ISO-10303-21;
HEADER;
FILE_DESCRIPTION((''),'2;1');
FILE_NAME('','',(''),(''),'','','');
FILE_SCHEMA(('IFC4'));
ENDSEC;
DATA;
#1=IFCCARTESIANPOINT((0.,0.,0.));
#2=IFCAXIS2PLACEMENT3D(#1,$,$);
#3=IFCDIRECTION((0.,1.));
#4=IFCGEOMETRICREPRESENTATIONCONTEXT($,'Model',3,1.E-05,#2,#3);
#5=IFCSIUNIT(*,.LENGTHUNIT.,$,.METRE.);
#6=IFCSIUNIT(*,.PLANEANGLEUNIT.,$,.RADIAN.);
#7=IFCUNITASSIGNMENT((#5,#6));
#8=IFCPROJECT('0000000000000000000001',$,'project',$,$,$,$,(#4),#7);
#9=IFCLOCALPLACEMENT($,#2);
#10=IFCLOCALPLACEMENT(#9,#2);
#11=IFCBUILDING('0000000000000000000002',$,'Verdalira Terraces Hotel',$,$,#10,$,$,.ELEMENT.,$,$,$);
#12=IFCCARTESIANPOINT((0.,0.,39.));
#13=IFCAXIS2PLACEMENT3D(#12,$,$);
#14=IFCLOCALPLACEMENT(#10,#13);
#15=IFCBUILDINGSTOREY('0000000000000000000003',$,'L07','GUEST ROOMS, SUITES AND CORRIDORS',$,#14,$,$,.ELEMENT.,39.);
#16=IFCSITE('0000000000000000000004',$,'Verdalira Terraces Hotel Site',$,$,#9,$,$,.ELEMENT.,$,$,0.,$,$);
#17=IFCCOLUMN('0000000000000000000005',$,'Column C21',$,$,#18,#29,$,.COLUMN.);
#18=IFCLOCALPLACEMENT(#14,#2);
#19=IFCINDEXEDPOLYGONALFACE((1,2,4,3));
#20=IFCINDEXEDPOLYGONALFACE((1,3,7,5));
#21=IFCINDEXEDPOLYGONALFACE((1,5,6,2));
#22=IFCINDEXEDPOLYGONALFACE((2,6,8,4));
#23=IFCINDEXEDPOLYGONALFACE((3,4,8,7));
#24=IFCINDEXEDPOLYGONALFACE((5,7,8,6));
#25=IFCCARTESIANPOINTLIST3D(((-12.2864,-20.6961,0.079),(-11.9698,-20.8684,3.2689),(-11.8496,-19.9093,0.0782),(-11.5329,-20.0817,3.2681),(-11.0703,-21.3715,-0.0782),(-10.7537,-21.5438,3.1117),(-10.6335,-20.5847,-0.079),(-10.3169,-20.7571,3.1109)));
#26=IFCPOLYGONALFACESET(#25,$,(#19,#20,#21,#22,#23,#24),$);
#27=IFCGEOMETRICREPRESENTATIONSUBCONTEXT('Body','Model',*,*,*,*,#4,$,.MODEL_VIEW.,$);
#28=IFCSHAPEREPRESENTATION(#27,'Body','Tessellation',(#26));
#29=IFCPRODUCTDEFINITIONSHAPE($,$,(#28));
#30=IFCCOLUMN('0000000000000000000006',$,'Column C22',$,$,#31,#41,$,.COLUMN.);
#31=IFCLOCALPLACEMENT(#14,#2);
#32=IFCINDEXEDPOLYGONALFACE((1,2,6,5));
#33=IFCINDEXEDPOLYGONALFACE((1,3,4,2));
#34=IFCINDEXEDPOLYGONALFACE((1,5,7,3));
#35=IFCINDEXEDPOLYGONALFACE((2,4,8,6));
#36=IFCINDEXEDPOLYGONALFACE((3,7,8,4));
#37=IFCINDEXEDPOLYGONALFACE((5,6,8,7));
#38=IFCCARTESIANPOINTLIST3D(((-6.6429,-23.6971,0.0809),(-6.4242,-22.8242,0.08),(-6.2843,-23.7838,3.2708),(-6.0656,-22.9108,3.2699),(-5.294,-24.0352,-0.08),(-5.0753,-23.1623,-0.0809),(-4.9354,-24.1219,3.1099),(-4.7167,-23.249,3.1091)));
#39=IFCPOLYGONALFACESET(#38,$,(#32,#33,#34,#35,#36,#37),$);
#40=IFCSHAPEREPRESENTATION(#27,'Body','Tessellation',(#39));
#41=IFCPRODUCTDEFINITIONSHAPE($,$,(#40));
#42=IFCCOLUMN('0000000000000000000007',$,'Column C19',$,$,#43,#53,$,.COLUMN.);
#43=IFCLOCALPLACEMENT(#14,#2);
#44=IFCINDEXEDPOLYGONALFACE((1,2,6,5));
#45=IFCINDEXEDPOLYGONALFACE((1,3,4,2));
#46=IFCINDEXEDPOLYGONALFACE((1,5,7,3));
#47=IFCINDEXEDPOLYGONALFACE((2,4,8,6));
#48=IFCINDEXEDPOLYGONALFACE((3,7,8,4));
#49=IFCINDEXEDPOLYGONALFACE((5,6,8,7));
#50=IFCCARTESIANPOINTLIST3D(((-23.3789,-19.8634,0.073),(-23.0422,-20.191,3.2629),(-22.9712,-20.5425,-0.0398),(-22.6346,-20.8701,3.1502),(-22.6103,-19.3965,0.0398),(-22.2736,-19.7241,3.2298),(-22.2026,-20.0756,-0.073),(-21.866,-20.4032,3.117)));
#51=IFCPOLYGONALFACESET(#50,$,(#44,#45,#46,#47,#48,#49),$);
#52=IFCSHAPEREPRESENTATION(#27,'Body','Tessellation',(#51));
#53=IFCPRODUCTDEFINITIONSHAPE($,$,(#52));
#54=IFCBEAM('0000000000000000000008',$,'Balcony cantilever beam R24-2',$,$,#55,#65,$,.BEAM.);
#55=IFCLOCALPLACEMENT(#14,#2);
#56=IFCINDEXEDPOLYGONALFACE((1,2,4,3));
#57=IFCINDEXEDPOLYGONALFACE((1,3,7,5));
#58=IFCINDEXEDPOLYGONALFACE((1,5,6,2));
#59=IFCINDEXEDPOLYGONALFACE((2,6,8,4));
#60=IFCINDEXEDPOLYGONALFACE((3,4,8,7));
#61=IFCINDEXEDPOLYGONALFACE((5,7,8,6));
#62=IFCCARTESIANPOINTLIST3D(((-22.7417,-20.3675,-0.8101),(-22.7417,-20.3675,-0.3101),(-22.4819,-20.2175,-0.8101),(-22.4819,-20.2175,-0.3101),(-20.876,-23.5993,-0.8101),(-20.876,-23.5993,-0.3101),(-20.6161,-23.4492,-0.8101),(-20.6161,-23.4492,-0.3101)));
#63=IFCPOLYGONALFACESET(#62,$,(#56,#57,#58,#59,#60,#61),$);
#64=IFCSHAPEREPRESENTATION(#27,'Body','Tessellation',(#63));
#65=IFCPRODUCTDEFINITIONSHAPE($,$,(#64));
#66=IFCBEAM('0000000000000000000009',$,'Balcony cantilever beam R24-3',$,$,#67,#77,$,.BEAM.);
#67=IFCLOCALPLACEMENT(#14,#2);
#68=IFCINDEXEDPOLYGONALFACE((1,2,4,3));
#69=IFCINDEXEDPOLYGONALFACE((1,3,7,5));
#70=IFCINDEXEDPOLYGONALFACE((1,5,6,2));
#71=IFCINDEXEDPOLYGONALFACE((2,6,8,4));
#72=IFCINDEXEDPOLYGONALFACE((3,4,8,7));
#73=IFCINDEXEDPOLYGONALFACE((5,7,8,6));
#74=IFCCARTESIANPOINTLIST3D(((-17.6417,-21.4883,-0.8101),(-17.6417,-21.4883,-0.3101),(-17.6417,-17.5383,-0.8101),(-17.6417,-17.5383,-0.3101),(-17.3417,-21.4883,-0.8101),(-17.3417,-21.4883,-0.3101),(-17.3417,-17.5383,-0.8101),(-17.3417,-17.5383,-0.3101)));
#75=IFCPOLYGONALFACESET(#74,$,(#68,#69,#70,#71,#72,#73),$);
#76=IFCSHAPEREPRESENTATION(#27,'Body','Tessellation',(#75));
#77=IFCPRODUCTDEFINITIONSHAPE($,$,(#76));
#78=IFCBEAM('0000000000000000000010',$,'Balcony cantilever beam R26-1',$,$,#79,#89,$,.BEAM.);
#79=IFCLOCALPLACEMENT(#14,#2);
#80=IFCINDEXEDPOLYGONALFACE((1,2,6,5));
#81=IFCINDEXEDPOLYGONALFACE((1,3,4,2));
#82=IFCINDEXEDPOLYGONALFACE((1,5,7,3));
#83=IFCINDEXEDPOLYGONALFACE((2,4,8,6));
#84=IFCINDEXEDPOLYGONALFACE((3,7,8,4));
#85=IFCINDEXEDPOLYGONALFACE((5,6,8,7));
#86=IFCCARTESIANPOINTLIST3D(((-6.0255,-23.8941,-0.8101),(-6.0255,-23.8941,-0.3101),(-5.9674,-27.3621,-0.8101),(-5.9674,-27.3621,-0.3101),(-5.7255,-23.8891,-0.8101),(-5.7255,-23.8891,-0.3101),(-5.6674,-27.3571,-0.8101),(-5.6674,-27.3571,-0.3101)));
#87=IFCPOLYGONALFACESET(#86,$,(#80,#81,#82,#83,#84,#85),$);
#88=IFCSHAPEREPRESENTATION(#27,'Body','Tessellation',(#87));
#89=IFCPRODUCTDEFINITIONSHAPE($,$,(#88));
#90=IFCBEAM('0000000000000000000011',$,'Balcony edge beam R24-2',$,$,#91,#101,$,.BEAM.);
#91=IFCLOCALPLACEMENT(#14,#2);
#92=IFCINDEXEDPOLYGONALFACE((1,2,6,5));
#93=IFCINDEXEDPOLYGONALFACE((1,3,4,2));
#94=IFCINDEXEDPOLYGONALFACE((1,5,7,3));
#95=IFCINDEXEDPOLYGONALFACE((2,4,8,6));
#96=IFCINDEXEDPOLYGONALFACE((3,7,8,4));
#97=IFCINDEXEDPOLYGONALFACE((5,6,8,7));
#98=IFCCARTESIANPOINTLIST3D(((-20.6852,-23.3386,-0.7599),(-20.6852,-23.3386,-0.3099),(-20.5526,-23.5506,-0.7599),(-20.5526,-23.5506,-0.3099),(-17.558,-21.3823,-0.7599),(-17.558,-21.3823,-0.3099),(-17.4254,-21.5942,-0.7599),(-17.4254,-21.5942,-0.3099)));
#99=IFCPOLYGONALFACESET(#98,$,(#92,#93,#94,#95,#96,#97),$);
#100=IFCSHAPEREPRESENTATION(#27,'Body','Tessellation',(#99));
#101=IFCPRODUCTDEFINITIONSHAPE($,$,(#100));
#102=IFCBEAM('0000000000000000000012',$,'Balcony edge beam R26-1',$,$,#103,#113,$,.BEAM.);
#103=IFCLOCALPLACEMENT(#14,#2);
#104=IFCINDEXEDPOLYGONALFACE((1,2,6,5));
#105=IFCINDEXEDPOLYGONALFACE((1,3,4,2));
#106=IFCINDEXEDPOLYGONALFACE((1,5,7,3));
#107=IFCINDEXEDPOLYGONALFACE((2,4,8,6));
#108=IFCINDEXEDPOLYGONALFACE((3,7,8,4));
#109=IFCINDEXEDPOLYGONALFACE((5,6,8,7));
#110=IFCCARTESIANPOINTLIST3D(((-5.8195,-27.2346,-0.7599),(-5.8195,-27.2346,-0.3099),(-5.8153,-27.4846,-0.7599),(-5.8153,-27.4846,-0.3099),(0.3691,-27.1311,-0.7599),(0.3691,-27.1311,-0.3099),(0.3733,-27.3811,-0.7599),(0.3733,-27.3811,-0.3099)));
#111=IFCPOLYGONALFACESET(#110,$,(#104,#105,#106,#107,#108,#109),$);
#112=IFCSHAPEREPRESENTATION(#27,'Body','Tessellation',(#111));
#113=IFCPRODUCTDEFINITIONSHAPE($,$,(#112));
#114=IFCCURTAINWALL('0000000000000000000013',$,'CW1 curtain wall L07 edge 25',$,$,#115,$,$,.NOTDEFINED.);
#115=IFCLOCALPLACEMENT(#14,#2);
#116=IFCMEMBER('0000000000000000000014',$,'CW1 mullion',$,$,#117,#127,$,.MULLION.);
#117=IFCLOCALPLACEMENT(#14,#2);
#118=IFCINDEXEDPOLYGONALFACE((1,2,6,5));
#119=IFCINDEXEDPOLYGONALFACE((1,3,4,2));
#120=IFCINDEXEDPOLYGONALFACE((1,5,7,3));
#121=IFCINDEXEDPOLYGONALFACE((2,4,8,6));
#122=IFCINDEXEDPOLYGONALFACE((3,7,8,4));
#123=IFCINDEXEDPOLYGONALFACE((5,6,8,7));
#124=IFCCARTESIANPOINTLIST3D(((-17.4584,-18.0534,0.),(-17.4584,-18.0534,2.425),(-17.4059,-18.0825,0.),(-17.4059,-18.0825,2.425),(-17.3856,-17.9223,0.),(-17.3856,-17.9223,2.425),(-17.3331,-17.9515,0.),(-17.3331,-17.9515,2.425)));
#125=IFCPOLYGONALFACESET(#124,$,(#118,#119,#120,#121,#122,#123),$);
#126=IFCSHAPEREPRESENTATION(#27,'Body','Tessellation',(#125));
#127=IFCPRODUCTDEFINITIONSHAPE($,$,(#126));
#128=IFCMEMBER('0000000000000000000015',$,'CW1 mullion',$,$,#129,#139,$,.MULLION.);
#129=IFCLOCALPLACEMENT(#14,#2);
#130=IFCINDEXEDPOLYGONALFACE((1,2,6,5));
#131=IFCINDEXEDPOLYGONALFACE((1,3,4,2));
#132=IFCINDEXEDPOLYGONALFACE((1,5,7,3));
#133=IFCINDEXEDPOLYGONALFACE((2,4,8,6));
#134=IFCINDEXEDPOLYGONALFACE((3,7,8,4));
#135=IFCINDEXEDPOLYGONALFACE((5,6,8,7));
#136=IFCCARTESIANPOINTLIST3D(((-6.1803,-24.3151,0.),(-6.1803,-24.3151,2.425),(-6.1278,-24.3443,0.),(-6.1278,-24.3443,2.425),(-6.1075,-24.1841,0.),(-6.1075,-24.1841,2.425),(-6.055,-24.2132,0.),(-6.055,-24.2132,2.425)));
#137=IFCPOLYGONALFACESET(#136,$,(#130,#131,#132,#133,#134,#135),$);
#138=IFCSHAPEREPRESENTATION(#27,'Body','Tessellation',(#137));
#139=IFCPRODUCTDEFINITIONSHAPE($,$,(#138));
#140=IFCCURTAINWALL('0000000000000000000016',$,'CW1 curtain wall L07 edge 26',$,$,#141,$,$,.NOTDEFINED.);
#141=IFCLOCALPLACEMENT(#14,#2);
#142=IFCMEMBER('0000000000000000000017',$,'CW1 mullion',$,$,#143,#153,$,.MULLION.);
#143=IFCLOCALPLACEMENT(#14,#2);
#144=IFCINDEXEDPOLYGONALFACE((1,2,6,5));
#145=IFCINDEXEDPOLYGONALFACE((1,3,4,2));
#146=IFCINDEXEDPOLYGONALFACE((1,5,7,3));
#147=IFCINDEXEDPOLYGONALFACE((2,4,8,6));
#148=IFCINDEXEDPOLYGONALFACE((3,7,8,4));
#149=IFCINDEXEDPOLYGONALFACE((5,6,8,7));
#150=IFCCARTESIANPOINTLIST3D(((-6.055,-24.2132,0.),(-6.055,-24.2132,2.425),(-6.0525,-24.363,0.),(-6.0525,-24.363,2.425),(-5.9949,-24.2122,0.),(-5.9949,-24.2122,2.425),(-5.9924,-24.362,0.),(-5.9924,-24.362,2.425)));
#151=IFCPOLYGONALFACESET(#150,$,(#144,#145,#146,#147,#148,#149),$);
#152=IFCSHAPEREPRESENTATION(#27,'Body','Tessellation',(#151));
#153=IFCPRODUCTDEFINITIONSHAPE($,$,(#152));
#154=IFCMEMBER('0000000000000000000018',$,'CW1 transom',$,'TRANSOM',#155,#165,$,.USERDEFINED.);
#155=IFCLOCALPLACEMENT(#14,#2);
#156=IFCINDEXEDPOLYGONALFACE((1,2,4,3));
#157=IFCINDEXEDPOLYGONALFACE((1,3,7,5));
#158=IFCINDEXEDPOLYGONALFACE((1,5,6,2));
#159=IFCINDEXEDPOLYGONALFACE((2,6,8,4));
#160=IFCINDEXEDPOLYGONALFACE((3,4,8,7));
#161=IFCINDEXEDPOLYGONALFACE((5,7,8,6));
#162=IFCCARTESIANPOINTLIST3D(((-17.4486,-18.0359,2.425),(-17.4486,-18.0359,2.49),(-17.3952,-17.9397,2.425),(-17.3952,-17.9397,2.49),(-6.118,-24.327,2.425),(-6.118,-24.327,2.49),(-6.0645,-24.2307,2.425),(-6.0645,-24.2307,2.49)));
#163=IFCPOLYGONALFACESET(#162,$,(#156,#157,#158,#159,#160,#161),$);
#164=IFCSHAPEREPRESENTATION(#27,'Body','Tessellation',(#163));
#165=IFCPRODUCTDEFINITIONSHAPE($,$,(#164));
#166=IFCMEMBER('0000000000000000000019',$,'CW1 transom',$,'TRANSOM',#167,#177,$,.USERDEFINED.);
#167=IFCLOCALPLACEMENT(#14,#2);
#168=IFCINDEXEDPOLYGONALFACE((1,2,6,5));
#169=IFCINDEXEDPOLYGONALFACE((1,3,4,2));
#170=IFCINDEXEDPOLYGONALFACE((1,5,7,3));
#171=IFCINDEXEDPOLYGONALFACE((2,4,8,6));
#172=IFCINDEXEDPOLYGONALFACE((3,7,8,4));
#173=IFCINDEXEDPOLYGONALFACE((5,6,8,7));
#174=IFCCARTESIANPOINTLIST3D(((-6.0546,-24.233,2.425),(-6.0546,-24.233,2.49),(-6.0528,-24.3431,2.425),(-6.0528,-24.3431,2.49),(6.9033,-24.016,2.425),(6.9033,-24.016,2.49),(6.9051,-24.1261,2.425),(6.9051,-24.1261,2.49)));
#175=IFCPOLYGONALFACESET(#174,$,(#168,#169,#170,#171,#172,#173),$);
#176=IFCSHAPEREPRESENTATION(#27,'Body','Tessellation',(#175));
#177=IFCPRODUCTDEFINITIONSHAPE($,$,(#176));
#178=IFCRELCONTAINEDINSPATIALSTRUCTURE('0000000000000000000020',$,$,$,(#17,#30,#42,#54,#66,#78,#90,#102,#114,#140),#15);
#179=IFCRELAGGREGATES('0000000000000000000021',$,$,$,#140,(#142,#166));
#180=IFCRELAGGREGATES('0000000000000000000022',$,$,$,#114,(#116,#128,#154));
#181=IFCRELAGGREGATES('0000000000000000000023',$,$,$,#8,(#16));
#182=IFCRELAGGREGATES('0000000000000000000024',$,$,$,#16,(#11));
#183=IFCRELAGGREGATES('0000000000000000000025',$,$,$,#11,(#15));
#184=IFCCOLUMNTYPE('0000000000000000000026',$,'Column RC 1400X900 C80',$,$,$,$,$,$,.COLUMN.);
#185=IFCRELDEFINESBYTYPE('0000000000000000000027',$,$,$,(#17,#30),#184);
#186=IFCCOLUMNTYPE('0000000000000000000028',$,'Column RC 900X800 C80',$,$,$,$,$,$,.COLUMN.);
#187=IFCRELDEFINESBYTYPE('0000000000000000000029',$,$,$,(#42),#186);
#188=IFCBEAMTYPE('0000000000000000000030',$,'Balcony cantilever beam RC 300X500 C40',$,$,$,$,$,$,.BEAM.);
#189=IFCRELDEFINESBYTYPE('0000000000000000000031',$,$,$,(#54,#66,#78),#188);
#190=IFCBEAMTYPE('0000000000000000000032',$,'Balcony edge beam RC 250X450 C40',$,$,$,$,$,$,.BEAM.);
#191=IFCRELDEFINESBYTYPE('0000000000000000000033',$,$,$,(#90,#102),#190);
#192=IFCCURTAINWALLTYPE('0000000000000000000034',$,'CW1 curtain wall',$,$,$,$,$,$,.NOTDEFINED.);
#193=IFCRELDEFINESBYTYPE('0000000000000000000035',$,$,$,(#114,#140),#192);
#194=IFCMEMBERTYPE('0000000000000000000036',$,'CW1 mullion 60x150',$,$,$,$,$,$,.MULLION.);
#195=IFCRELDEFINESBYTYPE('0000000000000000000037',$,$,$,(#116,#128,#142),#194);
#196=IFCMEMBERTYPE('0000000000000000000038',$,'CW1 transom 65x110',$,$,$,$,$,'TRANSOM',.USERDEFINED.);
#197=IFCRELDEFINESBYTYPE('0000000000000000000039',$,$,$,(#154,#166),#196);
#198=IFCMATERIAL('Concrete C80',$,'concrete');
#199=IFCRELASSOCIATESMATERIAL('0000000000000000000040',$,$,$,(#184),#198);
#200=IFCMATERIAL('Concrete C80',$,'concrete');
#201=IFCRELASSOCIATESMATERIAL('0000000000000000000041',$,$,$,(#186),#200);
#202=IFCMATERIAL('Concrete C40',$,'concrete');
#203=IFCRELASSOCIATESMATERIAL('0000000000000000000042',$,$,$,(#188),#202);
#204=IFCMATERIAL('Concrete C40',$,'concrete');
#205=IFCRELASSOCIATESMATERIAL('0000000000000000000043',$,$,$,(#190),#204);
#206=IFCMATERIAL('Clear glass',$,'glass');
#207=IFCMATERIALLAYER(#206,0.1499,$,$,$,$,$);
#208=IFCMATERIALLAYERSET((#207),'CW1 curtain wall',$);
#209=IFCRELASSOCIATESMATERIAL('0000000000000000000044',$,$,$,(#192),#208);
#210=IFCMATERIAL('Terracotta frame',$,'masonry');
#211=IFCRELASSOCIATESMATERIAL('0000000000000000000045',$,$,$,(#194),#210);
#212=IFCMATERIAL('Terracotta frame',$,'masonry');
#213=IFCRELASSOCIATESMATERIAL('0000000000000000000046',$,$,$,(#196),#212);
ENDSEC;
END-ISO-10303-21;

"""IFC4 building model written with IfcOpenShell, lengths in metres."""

from ifc_helpers import new_model, si_unit, direction, frame, origin, origin_2d, place, context, subcontext, project, spatial, rectangle, extrude, material, layer, layer_set, material_profile, profile_set, type_object, element, aggregate, save


model = new_model("IFC4")

# Units and contexts
model_context = context("Model", 3, precision=1e-05, world=origin(), true_north=direction((0.0, 1.0)))
body_context = subcontext(model_context, "Body", "Model", "MODEL_VIEW")
ifc_project = project(units=[si_unit("LENGTHUNIT", "METRE"), si_unit("PLANEANGLEUNIT", "RADIAN")], contexts=[model_context])

# Site, building, storey
site_placement = place(None, origin())
site = spatial("IfcSite", under=ifc_project, at=site_placement, Name="Verdalira Terraces Hotel Site", CompositionType="ELEMENT", RefElevation=0.0)
building_placement = place(site_placement, origin())
building = spatial("IfcBuilding", under=site, at=building_placement, Name="Verdalira Terraces Hotel", CompositionType="ELEMENT")
storey_placement = place(building_placement, frame((0.0, 0.0, 39.0)))
storey = spatial("IfcBuildingStorey", under=building, at=storey_placement, Name="L07", Description="GUEST ROOMS, SUITES AND CORRIDORS", CompositionType="ELEMENT", Elevation=39.0)

# Columns
ifc_material_1 = material(Name="Concrete C80", Category="concrete")
ifc_material_profile_1 = material_profile(ifc_material_1, rectangle(XDim=1.3999, YDim=0.8999, at=origin_2d()), Name="RC 1400X900")
ifc_profile_set_1 = profile_set([ifc_material_profile_1], Name="Concrete C80")
column_type_1 = type_object("IfcColumnType", Name="Column RC 1400X900 C80", PredefinedType="COLUMN", material=ifc_profile_set_1)
column_1_placement = place(storey_placement, frame((-11.46, -20.6404, 0.0), z_axis=(0.098637, -0.053692, 0.993674), x_axis=(0.868691, -0.482457, -0.1123)))
element("IfcColumn", 1, at=column_1_placement, inside=storey, type_object=column_type_1, Name="Column C21", PredefinedType="COLUMN", context=body_context, shape_type="SweptSolid", body=[
    extrude(rectangle(XDim=1.3999, YDim=0.8999, at=origin_2d()), origin(), (0.0, 0.0, 1.0), 3.2102),
])
column_2_placement = place(storey_placement, frame((-5.8591, -23.4297, 0.0), z_axis=(0.111685, -0.02699, 0.993377), x_axis=(-0.963567, 0.241533, 0.114895)))
element("IfcColumn", 2, at=column_2_placement, inside=storey, type_object=column_type_1, Name="Column C22", PredefinedType="COLUMN", context=body_context, shape_type="SweptSolid", body=[
    extrude(rectangle(XDim=1.3999, YDim=0.8999, at=origin_2d()), origin(), (0.0, 0.0, 1.0), 3.2112),
])
ifc_material_2 = material(Name="Concrete C80", Category="concrete")
ifc_material_profile_2 = material_profile(ifc_material_2, rectangle(XDim=0.8999, YDim=0.8, at=origin_2d()), Name="RC 900X800")
ifc_profile_set_2 = profile_set([ifc_material_profile_2], Name="Concrete C80")
column_type_2 = type_object("IfcColumnType", Name="Column RC 900X800 C80", PredefinedType="COLUMN", material=ifc_profile_set_2)
column_3_placement = place(storey_placement, frame((-22.7908, -19.9695, 0.0), z_axis=(0.104415, -0.101613, 0.989329), x_axis=(0.854096, 0.518808, -0.036856)))
element("IfcColumn", 3, at=column_3_placement, inside=storey, type_object=column_type_2, Name="Column C19", PredefinedType="COLUMN", context=body_context, shape_type="SweptSolid", body=[
    extrude(rectangle(XDim=0.8999, YDim=0.8, at=origin_2d()), origin(), (0.0, 0.0, 1.0), 3.2244),
])

# Beams
ifc_material_3 = material(Name="Concrete C40", Category="concrete")
ifc_material_profile_3 = material_profile(ifc_material_3, rectangle(XDim=0.3, YDim=0.5, at=origin_2d()), Name="RC 300X500")
ifc_profile_set_3 = profile_set([ifc_material_profile_3], Name="Concrete C40")
beam_type_1 = type_object("IfcBeamType", Name="Balcony cantilever beam RC 300X500 C40", PredefinedType="BEAM", material=ifc_profile_set_3)
beam_1_placement = place(storey_placement, frame((-22.6118, -20.2925, -0.5601), z_axis=(0.499981, -0.866036, 0.0), x_axis=(0.866036, 0.499981, 0.0)))
element("IfcBeam", 4, at=beam_1_placement, inside=storey, type_object=beam_type_1, Name="Balcony cantilever beam R24-2", PredefinedType="BEAM", context=body_context, shape_type="SweptSolid", body=[
    extrude(rectangle(XDim=0.3, YDim=0.5, at=origin_2d()), origin(), (0.0, 0.0, 1.0), 3.7317),
])
beam_2_placement = place(storey_placement, frame((-17.4917, -17.5383, -0.5601), z_axis=(0.0, -1.0, 0.0), x_axis=(1.0, 0.0, 0.0)))
element("IfcBeam", 5, at=beam_2_placement, inside=storey, type_object=beam_type_1, Name="Balcony cantilever beam R24-3", PredefinedType="BEAM", context=body_context, shape_type="SweptSolid", body=[
    extrude(rectangle(XDim=0.3, YDim=0.5, at=origin_2d()), origin(), (0.0, 0.0, 1.0), 3.95),
])
beam_3_placement = place(storey_placement, frame((-5.8755, -23.8916, -0.5601), z_axis=(0.016752, -0.99986, 0.0), x_axis=(0.99986, 0.016752, 0.0)))
element("IfcBeam", 6, at=beam_3_placement, inside=storey, type_object=beam_type_1, Name="Balcony cantilever beam R26-1", PredefinedType="BEAM", context=body_context, shape_type="SweptSolid", body=[
    extrude(rectangle(XDim=0.3, YDim=0.5, at=origin_2d()), origin(), (0.0, 0.0, 1.0), 3.4685),
])
ifc_material_4 = material(Name="Concrete C40", Category="concrete")
ifc_material_profile_4 = material_profile(ifc_material_4, rectangle(XDim=0.25, YDim=0.45, at=origin_2d()), Name="RC 250X450")
ifc_profile_set_4 = profile_set([ifc_material_profile_4], Name="Concrete C40")
beam_type_2 = type_object("IfcBeamType", Name="Balcony edge beam RC 250X450 C40", PredefinedType="BEAM", material=ifc_profile_set_4)
beam_4_placement = place(storey_placement, frame((-20.6189, -23.4446, -0.5349), z_axis=(0.847779, 0.53035, 0.0), x_axis=(-0.53035, 0.847779, 0.0)))
element("IfcBeam", 7, at=beam_4_placement, inside=storey, type_object=beam_type_2, Name="Balcony edge beam R24-2", PredefinedType="BEAM", context=body_context, shape_type="SweptSolid", body=[
    extrude(rectangle(XDim=0.25, YDim=0.45, at=origin_2d()), origin(), (0.0, 0.0, 1.0), 3.6887),
])
beam_5_placement = place(storey_placement, frame((-5.8174, -27.3596, -0.5349), z_axis=(0.99986, 0.016725, 0.0), x_axis=(-0.016725, 0.99986, 0.0)))
element("IfcBeam", 8, at=beam_5_placement, inside=storey, type_object=beam_type_2, Name="Balcony edge beam R26-1", PredefinedType="BEAM", context=body_context, shape_type="SweptSolid", body=[
    extrude(rectangle(XDim=0.25, YDim=0.45, at=origin_2d()), origin(), (0.0, 0.0, 1.0), 6.1895),
])

# Curtain wall, members
ifc_material_5 = material(Name="Clear glass", Category="glass")
ifc_layer_1 = layer(ifc_material_5, 0.1499)
ifc_layer_set_1 = layer_set([ifc_layer_1], Name="CW1 curtain wall")
curtain_wall_type_1 = type_object("IfcCurtainWallType", Name="CW1 curtain wall", PredefinedType="NOTDEFINED", material=ifc_layer_set_1)
curtain_wall_1_placement = place(storey_placement, origin())
curtain_wall_1 = element("IfcCurtainWall", 9, at=curtain_wall_1_placement, inside=storey, type_object=curtain_wall_type_1, Name="CW1 curtain wall L07 edge 25", PredefinedType="NOTDEFINED")
ifc_material_6 = material(Name="Terracotta frame", Category="masonry")
ifc_material_profile_5 = material_profile(ifc_material_6, rectangle(XDim=0.0601, YDim=0.1499, at=origin_2d()), Name="MU 60x150")
ifc_profile_set_5 = profile_set([ifc_material_profile_5], Name="Terracotta frame")
member_type_1 = type_object("IfcMemberType", Name="CW1 mullion 60x150", PredefinedType="MULLION", material=ifc_profile_set_5)
member_1_placement = place(storey_placement, frame((-17.3958, -18.0024, 0.0), z_axis=(0.0, 0.0, 1.0), x_axis=(0.874281, -0.48542, 0.0)))
member_1 = element("IfcMember", 10, at=member_1_placement, type_object=member_type_1, Name="CW1 mullion", PredefinedType="MULLION", context=body_context, shape_type="SweptSolid", body=[
    extrude(rectangle(XDim=0.0601, YDim=0.1499, at=origin_2d()), origin(), (0.0, 0.0, 1.0), 2.425),
])
member_2_placement = place(storey_placement, frame((-6.1177, -24.2642, 0.0), z_axis=(0.0, 0.0, 1.0), x_axis=(0.874281, -0.48542, 0.0)))
member_2 = element("IfcMember", 11, at=member_2_placement, type_object=member_type_1, Name="CW1 mullion", PredefinedType="MULLION", context=body_context, shape_type="SweptSolid", body=[
    extrude(rectangle(XDim=0.0601, YDim=0.1499, at=origin_2d()), origin(), (0.0, 0.0, 1.0), 2.425),
])

# Curtain wall, member
curtain_wall_2_placement = place(storey_placement, origin())
curtain_wall_2 = element("IfcCurtainWall", 12, at=curtain_wall_2_placement, inside=storey, type_object=curtain_wall_type_1, Name="CW1 curtain wall L07 edge 26", PredefinedType="NOTDEFINED")
member_3_placement = place(storey_placement, frame((-6.0237, -24.2876, 0.0), z_axis=(0.0, 0.0, 1.0), x_axis=(0.99986, 0.016754, 0.0)))
member_3 = element("IfcMember", 13, at=member_3_placement, type_object=member_type_1, Name="CW1 mullion", PredefinedType="MULLION", context=body_context, shape_type="SweptSolid", body=[
    extrude(rectangle(XDim=0.0601, YDim=0.1499, at=origin_2d()), origin(), (0.0, 0.0, 1.0), 2.425),
])

# Members
ifc_material_7 = material(Name="Terracotta frame", Category="masonry")
ifc_material_profile_6 = material_profile(ifc_material_7, rectangle(XDim=0.1101, YDim=0.0649, at=origin_2d()), Name="TR 65x110")
ifc_profile_set_6 = profile_set([ifc_material_profile_6], Name="Terracotta frame")
member_type_2 = type_object("IfcMemberType", Name="CW1 transom 65x110", ElementType="TRANSOM", PredefinedType="USERDEFINED", material=ifc_profile_set_6)
member_4_placement = place(storey_placement, frame((-17.4219, -17.9878, 2.4575), z_axis=(0.87428, -0.485422, 0.0), x_axis=(0.485422, 0.87428, 0.0)))
member_4 = element("IfcMember", 14, at=member_4_placement, type_object=member_type_2, Name="CW1 transom", ObjectType="TRANSOM", PredefinedType="USERDEFINED", context=body_context, shape_type="SweptSolid", body=[
    extrude(rectangle(XDim=0.1101, YDim=0.0649, at=origin_2d()), origin(), (0.0, 0.0, 1.0), 12.96),
])
member_5_placement = place(storey_placement, frame((-6.0537, -24.2881, 2.4575), z_axis=(0.99986, 0.016747, 0.0), x_axis=(-0.016747, 0.99986, 0.0)))
member_5 = element("IfcMember", 15, at=member_5_placement, type_object=member_type_2, Name="CW1 transom", ObjectType="TRANSOM", PredefinedType="USERDEFINED", context=body_context, shape_type="SweptSolid", body=[
    extrude(rectangle(XDim=0.1101, YDim=0.0649, at=origin_2d()), origin(), (0.0, 0.0, 1.0), 12.9597),
])
aggregate(curtain_wall_2, [member_3, member_5])

aggregate(curtain_wall_1, [member_1, member_2, member_4])

save(model, "model.ifc")
